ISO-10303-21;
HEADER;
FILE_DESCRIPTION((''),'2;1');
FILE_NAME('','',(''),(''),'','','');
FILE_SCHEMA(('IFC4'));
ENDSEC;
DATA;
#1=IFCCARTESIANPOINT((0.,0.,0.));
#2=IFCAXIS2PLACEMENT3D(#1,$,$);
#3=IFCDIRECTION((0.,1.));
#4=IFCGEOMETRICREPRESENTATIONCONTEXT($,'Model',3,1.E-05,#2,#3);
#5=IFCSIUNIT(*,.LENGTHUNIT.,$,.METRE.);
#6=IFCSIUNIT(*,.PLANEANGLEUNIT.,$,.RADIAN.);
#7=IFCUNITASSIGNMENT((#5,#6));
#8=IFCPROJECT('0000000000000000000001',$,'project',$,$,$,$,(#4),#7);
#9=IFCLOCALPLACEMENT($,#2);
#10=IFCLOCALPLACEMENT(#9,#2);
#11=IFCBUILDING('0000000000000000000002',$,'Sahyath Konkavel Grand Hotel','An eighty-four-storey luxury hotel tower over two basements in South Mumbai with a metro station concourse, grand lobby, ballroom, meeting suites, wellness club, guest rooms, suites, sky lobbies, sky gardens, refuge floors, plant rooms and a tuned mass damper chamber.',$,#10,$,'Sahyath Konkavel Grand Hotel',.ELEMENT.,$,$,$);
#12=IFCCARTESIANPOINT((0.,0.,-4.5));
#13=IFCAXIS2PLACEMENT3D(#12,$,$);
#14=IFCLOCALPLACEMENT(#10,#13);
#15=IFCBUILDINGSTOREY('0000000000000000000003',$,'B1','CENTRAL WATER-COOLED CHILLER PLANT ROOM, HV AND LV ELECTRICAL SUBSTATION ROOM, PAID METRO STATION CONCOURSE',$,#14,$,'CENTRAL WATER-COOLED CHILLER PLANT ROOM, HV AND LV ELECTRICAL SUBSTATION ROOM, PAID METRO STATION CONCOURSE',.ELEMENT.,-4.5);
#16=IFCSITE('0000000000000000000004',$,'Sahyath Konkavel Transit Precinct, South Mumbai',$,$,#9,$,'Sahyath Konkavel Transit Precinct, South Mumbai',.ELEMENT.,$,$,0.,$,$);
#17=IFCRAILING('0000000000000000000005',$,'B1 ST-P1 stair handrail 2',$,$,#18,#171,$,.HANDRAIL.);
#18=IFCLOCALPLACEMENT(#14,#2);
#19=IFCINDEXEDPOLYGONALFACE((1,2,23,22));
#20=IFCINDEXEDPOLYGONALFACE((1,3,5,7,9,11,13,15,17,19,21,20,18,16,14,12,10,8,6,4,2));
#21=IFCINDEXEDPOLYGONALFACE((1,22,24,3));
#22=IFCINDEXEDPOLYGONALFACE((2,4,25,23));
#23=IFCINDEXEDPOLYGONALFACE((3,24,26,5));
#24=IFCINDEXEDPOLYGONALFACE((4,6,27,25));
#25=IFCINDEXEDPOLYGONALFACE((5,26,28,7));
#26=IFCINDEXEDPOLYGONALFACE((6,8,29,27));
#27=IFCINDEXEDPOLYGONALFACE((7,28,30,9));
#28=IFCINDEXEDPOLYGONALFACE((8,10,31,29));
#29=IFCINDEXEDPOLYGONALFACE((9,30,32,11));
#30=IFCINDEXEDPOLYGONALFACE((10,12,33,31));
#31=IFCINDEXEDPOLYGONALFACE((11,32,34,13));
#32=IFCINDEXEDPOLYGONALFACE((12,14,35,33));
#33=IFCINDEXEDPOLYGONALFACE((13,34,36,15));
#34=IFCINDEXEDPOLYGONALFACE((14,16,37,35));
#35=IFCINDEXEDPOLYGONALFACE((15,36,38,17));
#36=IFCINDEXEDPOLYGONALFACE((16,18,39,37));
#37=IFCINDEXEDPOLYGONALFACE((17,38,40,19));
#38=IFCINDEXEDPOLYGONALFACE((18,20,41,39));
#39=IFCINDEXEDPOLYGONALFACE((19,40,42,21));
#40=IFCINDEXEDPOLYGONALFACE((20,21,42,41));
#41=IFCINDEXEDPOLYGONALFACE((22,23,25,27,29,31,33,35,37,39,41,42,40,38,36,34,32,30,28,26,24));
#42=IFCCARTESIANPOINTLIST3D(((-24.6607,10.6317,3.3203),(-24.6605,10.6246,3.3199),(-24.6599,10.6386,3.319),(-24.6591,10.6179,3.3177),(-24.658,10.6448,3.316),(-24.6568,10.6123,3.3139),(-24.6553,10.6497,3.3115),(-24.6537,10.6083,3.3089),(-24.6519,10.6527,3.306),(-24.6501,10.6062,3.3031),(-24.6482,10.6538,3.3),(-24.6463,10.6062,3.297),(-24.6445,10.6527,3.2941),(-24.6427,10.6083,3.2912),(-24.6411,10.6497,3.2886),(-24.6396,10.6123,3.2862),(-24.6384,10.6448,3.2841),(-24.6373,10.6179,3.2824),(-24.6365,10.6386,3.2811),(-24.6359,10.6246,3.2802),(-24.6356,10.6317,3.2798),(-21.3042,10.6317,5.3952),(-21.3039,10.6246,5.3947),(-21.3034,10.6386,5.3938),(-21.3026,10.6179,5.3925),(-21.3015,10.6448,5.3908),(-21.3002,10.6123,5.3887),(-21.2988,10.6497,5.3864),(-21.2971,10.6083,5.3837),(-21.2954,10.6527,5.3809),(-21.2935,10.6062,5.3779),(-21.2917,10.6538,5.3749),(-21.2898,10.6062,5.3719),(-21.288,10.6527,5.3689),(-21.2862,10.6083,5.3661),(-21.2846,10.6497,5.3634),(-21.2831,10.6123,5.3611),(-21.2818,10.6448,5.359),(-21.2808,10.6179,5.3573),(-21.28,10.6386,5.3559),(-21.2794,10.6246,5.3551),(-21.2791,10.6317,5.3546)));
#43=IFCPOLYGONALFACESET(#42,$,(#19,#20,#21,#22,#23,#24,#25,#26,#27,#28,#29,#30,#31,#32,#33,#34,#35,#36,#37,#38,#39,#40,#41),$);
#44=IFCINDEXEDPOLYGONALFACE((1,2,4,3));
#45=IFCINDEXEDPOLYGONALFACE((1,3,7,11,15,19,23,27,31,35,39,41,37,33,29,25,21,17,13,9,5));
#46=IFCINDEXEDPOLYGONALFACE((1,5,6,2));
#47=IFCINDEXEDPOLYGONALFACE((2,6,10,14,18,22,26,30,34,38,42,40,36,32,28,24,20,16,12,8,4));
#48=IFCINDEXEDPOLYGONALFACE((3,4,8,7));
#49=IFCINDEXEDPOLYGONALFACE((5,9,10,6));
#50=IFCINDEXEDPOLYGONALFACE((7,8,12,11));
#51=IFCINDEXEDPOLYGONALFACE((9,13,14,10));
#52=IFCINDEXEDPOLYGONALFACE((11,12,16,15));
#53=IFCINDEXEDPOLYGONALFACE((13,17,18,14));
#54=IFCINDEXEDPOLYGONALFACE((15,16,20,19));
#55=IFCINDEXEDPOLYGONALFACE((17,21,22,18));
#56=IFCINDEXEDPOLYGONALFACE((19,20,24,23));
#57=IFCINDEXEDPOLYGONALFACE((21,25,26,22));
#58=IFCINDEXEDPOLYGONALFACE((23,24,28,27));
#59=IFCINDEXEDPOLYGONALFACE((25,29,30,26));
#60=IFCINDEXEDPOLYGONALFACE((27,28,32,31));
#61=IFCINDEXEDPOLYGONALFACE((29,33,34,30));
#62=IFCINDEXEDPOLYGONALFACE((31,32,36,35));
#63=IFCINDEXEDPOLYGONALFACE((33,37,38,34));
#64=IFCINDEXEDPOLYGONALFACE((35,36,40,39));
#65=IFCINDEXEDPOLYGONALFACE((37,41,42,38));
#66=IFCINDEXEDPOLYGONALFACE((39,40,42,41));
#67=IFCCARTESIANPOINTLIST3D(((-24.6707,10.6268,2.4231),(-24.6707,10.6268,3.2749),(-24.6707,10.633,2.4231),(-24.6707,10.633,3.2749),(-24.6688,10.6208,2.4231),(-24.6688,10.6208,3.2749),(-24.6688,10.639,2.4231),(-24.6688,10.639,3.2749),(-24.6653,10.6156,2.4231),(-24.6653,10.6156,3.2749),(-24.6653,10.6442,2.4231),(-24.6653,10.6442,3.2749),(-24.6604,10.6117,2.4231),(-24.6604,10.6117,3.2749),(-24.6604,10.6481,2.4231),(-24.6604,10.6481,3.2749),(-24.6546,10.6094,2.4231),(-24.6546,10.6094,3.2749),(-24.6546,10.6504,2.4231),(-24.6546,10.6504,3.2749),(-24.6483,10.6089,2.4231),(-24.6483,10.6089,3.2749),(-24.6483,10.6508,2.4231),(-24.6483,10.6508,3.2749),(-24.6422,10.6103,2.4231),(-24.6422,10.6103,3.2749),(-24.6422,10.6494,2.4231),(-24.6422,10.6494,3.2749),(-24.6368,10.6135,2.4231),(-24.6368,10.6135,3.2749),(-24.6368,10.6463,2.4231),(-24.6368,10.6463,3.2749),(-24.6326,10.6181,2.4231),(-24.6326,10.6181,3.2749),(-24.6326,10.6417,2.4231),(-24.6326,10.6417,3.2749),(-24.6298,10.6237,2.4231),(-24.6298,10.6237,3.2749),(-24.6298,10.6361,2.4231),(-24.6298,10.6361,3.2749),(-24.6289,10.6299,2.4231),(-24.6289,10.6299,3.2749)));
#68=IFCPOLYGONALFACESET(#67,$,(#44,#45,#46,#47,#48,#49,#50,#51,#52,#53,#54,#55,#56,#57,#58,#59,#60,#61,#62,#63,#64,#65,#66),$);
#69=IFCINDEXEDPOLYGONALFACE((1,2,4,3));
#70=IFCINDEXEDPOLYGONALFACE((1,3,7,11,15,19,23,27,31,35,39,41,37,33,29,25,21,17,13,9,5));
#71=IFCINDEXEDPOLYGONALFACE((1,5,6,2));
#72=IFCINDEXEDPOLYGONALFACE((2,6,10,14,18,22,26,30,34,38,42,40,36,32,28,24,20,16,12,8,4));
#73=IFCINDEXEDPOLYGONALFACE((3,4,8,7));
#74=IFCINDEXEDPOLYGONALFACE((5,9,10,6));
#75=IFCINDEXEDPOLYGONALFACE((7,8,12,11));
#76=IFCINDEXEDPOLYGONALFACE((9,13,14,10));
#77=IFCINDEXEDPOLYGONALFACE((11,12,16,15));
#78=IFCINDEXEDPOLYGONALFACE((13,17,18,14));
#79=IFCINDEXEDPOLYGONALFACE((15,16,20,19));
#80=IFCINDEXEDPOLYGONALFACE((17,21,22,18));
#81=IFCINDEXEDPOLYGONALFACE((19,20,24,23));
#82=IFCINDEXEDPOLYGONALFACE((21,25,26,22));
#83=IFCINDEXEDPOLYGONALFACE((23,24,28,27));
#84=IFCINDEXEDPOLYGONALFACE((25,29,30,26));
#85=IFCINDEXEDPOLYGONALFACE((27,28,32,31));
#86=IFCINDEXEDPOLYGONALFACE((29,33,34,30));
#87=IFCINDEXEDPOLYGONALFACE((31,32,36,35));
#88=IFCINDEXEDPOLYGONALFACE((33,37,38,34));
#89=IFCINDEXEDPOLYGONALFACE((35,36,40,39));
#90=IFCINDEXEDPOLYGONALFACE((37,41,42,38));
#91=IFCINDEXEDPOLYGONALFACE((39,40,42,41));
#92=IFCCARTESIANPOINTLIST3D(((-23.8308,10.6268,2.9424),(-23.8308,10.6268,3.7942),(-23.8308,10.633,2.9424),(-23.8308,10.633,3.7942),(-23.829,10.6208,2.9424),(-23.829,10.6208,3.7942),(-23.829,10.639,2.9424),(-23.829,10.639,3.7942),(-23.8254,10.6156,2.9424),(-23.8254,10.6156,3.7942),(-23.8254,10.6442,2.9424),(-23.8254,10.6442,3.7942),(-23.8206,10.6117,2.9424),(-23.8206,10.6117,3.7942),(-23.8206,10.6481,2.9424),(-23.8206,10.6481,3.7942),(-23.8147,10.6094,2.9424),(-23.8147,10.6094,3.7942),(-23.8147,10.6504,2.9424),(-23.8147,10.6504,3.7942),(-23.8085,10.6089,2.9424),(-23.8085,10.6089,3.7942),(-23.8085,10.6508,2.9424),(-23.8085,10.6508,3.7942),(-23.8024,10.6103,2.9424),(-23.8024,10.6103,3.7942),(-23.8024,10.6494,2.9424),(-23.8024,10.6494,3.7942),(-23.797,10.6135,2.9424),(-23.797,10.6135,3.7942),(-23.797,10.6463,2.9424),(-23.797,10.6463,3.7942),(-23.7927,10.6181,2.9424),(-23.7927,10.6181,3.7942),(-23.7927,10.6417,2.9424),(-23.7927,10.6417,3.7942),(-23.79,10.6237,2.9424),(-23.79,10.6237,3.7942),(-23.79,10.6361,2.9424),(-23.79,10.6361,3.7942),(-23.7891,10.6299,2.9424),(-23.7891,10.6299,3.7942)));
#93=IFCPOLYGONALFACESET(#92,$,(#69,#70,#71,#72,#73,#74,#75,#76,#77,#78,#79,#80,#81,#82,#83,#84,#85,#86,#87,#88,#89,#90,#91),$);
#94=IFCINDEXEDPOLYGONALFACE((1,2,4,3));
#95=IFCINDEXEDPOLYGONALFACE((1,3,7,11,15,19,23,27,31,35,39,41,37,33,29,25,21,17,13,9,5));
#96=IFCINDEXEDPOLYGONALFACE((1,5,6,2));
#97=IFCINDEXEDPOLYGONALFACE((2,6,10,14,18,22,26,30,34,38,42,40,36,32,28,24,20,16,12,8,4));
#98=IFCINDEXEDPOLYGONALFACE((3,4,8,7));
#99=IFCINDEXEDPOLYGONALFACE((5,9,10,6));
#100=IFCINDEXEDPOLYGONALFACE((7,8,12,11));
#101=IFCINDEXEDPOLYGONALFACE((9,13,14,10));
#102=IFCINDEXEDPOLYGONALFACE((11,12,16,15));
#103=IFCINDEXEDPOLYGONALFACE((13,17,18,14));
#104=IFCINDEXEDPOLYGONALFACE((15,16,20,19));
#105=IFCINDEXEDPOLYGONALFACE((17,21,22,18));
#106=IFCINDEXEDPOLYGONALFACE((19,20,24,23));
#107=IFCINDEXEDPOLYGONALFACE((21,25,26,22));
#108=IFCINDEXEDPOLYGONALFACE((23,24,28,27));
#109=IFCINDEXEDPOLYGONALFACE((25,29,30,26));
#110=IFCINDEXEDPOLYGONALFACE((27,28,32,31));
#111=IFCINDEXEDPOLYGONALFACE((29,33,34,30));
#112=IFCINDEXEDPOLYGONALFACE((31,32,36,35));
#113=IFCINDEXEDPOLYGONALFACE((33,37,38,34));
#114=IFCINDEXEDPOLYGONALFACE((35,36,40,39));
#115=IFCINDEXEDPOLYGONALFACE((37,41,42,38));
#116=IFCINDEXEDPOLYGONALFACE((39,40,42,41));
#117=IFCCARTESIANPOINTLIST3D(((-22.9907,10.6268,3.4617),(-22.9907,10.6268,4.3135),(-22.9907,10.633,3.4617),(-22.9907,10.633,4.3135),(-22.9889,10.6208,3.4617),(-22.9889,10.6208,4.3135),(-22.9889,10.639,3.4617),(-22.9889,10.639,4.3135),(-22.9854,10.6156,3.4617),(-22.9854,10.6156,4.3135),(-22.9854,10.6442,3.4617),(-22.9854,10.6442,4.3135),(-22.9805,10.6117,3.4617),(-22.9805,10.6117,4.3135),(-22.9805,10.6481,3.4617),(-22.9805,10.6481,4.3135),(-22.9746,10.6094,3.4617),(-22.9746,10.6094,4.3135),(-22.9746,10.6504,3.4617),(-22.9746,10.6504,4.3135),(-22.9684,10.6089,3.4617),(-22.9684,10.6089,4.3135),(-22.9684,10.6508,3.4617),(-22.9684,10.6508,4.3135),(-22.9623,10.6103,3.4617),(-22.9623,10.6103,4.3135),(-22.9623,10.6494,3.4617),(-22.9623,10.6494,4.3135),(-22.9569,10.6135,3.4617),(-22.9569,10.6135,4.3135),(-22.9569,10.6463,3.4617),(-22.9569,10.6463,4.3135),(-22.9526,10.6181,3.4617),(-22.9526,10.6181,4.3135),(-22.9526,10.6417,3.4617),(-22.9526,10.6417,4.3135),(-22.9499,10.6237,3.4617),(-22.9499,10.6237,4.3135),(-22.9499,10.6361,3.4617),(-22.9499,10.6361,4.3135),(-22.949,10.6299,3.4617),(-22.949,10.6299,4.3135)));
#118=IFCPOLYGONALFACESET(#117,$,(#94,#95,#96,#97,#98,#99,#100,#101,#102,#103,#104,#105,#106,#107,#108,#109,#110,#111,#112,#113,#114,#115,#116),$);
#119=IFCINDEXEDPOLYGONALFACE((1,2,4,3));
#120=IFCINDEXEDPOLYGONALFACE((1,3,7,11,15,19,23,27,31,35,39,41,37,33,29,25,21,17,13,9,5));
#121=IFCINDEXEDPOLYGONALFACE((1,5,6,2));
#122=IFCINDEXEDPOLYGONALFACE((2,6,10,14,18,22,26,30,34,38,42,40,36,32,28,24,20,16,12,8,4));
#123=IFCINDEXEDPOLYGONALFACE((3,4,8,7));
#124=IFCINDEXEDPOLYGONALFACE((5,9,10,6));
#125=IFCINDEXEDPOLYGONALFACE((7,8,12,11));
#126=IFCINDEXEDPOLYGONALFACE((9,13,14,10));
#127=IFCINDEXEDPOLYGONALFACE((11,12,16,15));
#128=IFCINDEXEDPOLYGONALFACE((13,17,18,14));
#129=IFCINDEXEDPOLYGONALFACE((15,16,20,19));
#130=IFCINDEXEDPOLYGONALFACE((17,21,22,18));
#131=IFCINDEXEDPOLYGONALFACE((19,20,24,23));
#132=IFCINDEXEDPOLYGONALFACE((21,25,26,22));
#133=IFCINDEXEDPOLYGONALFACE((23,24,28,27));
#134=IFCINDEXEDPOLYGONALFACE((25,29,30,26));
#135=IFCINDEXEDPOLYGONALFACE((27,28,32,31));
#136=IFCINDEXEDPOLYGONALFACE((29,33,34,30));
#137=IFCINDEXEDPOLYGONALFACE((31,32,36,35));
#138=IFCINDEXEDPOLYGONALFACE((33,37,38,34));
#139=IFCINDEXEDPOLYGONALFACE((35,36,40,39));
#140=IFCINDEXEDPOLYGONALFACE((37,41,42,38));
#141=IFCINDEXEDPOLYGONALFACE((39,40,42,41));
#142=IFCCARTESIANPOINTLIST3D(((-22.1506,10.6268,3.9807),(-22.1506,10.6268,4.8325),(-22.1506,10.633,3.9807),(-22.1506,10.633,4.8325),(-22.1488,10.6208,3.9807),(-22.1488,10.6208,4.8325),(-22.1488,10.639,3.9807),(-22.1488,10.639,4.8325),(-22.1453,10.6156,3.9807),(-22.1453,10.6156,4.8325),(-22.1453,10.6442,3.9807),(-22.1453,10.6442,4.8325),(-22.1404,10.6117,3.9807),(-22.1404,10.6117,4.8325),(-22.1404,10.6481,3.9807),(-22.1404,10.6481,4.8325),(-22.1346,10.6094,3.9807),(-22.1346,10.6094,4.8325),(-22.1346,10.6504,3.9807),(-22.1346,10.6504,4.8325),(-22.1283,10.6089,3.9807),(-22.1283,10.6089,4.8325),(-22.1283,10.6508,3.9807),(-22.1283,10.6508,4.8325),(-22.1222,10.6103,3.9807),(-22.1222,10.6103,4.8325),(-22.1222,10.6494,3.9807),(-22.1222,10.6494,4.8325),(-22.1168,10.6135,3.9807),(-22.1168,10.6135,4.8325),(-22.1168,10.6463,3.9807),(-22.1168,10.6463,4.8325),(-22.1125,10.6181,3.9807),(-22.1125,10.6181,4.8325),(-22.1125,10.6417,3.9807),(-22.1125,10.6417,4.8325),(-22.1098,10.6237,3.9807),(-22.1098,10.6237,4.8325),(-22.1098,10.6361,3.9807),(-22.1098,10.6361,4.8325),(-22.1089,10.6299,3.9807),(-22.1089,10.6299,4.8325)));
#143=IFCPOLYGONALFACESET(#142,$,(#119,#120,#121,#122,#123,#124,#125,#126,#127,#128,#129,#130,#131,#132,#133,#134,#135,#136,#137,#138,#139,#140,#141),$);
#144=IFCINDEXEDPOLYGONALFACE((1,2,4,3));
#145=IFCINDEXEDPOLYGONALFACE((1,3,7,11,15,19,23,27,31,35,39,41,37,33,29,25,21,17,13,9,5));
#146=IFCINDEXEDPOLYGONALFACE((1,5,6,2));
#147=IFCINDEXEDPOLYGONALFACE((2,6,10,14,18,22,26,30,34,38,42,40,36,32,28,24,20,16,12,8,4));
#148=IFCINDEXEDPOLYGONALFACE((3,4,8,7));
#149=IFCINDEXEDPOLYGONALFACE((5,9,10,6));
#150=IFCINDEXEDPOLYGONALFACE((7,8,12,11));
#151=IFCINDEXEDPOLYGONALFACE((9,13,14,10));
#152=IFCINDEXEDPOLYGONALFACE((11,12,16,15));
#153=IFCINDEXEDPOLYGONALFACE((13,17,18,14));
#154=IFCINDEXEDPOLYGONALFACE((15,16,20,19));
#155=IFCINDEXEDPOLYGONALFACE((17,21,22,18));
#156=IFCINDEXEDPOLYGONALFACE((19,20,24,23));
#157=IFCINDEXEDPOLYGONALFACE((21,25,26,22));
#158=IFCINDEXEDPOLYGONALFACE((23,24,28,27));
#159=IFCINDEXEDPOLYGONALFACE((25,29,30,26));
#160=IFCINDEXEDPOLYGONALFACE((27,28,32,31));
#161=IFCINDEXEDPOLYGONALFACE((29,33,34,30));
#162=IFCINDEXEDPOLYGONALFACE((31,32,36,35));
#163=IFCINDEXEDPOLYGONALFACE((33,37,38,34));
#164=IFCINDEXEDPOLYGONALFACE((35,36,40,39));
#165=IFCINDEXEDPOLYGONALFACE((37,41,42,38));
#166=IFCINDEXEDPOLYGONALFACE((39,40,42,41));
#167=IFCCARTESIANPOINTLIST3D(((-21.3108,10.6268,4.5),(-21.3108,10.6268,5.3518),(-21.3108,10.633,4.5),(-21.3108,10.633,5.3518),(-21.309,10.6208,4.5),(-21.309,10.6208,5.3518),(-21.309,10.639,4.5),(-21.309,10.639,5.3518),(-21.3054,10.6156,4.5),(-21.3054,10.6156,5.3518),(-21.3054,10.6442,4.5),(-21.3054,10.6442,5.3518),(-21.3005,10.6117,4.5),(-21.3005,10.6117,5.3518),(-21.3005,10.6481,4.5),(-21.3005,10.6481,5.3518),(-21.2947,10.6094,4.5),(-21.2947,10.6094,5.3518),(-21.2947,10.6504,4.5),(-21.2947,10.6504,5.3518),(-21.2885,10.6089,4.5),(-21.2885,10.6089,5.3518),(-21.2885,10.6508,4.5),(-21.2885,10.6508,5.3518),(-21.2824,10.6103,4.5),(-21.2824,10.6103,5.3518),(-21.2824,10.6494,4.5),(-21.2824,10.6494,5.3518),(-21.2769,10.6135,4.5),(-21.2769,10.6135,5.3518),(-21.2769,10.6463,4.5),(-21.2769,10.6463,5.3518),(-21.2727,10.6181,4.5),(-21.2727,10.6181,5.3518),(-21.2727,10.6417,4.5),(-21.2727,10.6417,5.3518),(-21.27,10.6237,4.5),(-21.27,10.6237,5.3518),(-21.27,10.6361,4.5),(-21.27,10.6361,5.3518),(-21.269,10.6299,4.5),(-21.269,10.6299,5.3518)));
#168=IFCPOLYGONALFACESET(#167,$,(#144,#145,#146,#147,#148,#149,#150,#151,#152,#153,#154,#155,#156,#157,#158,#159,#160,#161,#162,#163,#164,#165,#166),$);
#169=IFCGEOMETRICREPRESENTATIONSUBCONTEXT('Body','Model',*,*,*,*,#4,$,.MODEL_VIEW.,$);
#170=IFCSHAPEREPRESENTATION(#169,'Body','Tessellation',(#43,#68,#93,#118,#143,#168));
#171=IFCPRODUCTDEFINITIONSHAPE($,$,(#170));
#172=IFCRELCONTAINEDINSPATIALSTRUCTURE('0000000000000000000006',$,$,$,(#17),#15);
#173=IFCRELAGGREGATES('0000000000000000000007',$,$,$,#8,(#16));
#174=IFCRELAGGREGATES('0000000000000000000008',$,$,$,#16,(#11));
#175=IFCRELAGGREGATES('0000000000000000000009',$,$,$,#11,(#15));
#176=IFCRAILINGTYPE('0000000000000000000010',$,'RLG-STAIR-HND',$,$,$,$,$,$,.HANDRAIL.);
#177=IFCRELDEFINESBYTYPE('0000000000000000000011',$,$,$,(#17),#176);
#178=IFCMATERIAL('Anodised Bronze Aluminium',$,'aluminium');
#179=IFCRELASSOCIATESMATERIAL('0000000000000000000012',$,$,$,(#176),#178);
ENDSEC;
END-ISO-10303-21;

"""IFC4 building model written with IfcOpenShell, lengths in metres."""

from ifc_helpers import new_model, si_unit, direction, frame, origin, origin_2d, place, context, subcontext, project, spatial, circle, extrude, material, type_object, element, save


model = new_model("IFC4")

# Units and contexts
model_context = context("Model", 3, precision=1e-05, world=origin(), true_north=direction((0.0, 1.0)))
body_context = subcontext(model_context, "Body", "Model", "MODEL_VIEW")
ifc_project = project(units=[si_unit("LENGTHUNIT", "METRE"), si_unit("PLANEANGLEUNIT", "RADIAN")], contexts=[model_context])

# Site, building, storey
site_placement = place(None, origin())
site = spatial("IfcSite", under=ifc_project, at=site_placement, Name="Sahyath Konkavel Transit Precinct, South Mumbai", LongName="Sahyath Konkavel Transit Precinct, South Mumbai", CompositionType="ELEMENT", RefElevation=0.0)
building_placement = place(site_placement, origin())
building = spatial("IfcBuilding", under=site, at=building_placement, Name="Sahyath Konkavel Grand Hotel", Description="An eighty-four-storey luxury hotel tower over two basements in South Mumbai with a metro station concourse, grand lobby, ballroom, meeting suites, wellness club, guest rooms, suites, sky lobbies, sky gardens, refuge floors, plant rooms and a tuned mass damper chamber.", LongName="Sahyath Konkavel Grand Hotel", CompositionType="ELEMENT")
storey_placement = place(building_placement, frame((0.0, 0.0, -4.5)))
storey = spatial("IfcBuildingStorey", under=building, at=storey_placement, Name="B1", Description="CENTRAL WATER-COOLED CHILLER PLANT ROOM, HV AND LV ELECTRICAL SUBSTATION ROOM, PAID METRO STATION CONCOURSE", LongName="CENTRAL WATER-COOLED CHILLER PLANT ROOM, HV AND LV ELECTRICAL SUBSTATION ROOM, PAID METRO STATION CONCOURSE", CompositionType="ELEMENT", Elevation=-4.5)

# Railing
ifc_material_1 = material(Name="Anodised Bronze Aluminium", Category="aluminium")
railing_type_1 = type_object("IfcRailingType", Name="RLG-STAIR-HND", PredefinedType="HANDRAIL", material=ifc_material_1)
railing_1_placement = place(storey_placement, frame((-24.6499, 10.6299, 2.4231)))
element("IfcRailing", 1, at=railing_1_placement, inside=storey, type_object=railing_type_1, Name="B1 ST-P1 stair handrail 2", PredefinedType="HANDRAIL", context=body_context, shape_type="SweptSolid", body=[
    extrude(circle(Radius=0.0239, at=origin_2d()), frame((0.0017, 0.0, 0.877), z_axis=(0.850606, 0.0, 0.525803), x_axis=(0.0, 1.0, 0.0)), (0.0, 0.0, 1.0), 3.946),
    extrude(circle(Radius=0.021, at=origin_2d()), origin(), (0.0, 0.0, 1.0), 0.8518),
    extrude(circle(Radius=0.021, at=origin_2d()), frame((0.8398, 0.0, 0.5193)), (0.0, 0.0, 1.0), 0.8518),
    extrude(circle(Radius=0.021, at=origin_2d()), frame((1.6799, 0.0, 1.0386)), (0.0, 0.0, 1.0), 0.8518),
    extrude(circle(Radius=0.021, at=origin_2d()), frame((2.52, 0.0, 1.5576)), (0.0, 0.0, 1.0), 0.8518),
    extrude(circle(Radius=0.021, at=origin_2d()), frame((3.3599, 0.0, 2.0769)), (0.0, 0.0, 1.0), 0.8518),
])

save(model, "model.ifc")
